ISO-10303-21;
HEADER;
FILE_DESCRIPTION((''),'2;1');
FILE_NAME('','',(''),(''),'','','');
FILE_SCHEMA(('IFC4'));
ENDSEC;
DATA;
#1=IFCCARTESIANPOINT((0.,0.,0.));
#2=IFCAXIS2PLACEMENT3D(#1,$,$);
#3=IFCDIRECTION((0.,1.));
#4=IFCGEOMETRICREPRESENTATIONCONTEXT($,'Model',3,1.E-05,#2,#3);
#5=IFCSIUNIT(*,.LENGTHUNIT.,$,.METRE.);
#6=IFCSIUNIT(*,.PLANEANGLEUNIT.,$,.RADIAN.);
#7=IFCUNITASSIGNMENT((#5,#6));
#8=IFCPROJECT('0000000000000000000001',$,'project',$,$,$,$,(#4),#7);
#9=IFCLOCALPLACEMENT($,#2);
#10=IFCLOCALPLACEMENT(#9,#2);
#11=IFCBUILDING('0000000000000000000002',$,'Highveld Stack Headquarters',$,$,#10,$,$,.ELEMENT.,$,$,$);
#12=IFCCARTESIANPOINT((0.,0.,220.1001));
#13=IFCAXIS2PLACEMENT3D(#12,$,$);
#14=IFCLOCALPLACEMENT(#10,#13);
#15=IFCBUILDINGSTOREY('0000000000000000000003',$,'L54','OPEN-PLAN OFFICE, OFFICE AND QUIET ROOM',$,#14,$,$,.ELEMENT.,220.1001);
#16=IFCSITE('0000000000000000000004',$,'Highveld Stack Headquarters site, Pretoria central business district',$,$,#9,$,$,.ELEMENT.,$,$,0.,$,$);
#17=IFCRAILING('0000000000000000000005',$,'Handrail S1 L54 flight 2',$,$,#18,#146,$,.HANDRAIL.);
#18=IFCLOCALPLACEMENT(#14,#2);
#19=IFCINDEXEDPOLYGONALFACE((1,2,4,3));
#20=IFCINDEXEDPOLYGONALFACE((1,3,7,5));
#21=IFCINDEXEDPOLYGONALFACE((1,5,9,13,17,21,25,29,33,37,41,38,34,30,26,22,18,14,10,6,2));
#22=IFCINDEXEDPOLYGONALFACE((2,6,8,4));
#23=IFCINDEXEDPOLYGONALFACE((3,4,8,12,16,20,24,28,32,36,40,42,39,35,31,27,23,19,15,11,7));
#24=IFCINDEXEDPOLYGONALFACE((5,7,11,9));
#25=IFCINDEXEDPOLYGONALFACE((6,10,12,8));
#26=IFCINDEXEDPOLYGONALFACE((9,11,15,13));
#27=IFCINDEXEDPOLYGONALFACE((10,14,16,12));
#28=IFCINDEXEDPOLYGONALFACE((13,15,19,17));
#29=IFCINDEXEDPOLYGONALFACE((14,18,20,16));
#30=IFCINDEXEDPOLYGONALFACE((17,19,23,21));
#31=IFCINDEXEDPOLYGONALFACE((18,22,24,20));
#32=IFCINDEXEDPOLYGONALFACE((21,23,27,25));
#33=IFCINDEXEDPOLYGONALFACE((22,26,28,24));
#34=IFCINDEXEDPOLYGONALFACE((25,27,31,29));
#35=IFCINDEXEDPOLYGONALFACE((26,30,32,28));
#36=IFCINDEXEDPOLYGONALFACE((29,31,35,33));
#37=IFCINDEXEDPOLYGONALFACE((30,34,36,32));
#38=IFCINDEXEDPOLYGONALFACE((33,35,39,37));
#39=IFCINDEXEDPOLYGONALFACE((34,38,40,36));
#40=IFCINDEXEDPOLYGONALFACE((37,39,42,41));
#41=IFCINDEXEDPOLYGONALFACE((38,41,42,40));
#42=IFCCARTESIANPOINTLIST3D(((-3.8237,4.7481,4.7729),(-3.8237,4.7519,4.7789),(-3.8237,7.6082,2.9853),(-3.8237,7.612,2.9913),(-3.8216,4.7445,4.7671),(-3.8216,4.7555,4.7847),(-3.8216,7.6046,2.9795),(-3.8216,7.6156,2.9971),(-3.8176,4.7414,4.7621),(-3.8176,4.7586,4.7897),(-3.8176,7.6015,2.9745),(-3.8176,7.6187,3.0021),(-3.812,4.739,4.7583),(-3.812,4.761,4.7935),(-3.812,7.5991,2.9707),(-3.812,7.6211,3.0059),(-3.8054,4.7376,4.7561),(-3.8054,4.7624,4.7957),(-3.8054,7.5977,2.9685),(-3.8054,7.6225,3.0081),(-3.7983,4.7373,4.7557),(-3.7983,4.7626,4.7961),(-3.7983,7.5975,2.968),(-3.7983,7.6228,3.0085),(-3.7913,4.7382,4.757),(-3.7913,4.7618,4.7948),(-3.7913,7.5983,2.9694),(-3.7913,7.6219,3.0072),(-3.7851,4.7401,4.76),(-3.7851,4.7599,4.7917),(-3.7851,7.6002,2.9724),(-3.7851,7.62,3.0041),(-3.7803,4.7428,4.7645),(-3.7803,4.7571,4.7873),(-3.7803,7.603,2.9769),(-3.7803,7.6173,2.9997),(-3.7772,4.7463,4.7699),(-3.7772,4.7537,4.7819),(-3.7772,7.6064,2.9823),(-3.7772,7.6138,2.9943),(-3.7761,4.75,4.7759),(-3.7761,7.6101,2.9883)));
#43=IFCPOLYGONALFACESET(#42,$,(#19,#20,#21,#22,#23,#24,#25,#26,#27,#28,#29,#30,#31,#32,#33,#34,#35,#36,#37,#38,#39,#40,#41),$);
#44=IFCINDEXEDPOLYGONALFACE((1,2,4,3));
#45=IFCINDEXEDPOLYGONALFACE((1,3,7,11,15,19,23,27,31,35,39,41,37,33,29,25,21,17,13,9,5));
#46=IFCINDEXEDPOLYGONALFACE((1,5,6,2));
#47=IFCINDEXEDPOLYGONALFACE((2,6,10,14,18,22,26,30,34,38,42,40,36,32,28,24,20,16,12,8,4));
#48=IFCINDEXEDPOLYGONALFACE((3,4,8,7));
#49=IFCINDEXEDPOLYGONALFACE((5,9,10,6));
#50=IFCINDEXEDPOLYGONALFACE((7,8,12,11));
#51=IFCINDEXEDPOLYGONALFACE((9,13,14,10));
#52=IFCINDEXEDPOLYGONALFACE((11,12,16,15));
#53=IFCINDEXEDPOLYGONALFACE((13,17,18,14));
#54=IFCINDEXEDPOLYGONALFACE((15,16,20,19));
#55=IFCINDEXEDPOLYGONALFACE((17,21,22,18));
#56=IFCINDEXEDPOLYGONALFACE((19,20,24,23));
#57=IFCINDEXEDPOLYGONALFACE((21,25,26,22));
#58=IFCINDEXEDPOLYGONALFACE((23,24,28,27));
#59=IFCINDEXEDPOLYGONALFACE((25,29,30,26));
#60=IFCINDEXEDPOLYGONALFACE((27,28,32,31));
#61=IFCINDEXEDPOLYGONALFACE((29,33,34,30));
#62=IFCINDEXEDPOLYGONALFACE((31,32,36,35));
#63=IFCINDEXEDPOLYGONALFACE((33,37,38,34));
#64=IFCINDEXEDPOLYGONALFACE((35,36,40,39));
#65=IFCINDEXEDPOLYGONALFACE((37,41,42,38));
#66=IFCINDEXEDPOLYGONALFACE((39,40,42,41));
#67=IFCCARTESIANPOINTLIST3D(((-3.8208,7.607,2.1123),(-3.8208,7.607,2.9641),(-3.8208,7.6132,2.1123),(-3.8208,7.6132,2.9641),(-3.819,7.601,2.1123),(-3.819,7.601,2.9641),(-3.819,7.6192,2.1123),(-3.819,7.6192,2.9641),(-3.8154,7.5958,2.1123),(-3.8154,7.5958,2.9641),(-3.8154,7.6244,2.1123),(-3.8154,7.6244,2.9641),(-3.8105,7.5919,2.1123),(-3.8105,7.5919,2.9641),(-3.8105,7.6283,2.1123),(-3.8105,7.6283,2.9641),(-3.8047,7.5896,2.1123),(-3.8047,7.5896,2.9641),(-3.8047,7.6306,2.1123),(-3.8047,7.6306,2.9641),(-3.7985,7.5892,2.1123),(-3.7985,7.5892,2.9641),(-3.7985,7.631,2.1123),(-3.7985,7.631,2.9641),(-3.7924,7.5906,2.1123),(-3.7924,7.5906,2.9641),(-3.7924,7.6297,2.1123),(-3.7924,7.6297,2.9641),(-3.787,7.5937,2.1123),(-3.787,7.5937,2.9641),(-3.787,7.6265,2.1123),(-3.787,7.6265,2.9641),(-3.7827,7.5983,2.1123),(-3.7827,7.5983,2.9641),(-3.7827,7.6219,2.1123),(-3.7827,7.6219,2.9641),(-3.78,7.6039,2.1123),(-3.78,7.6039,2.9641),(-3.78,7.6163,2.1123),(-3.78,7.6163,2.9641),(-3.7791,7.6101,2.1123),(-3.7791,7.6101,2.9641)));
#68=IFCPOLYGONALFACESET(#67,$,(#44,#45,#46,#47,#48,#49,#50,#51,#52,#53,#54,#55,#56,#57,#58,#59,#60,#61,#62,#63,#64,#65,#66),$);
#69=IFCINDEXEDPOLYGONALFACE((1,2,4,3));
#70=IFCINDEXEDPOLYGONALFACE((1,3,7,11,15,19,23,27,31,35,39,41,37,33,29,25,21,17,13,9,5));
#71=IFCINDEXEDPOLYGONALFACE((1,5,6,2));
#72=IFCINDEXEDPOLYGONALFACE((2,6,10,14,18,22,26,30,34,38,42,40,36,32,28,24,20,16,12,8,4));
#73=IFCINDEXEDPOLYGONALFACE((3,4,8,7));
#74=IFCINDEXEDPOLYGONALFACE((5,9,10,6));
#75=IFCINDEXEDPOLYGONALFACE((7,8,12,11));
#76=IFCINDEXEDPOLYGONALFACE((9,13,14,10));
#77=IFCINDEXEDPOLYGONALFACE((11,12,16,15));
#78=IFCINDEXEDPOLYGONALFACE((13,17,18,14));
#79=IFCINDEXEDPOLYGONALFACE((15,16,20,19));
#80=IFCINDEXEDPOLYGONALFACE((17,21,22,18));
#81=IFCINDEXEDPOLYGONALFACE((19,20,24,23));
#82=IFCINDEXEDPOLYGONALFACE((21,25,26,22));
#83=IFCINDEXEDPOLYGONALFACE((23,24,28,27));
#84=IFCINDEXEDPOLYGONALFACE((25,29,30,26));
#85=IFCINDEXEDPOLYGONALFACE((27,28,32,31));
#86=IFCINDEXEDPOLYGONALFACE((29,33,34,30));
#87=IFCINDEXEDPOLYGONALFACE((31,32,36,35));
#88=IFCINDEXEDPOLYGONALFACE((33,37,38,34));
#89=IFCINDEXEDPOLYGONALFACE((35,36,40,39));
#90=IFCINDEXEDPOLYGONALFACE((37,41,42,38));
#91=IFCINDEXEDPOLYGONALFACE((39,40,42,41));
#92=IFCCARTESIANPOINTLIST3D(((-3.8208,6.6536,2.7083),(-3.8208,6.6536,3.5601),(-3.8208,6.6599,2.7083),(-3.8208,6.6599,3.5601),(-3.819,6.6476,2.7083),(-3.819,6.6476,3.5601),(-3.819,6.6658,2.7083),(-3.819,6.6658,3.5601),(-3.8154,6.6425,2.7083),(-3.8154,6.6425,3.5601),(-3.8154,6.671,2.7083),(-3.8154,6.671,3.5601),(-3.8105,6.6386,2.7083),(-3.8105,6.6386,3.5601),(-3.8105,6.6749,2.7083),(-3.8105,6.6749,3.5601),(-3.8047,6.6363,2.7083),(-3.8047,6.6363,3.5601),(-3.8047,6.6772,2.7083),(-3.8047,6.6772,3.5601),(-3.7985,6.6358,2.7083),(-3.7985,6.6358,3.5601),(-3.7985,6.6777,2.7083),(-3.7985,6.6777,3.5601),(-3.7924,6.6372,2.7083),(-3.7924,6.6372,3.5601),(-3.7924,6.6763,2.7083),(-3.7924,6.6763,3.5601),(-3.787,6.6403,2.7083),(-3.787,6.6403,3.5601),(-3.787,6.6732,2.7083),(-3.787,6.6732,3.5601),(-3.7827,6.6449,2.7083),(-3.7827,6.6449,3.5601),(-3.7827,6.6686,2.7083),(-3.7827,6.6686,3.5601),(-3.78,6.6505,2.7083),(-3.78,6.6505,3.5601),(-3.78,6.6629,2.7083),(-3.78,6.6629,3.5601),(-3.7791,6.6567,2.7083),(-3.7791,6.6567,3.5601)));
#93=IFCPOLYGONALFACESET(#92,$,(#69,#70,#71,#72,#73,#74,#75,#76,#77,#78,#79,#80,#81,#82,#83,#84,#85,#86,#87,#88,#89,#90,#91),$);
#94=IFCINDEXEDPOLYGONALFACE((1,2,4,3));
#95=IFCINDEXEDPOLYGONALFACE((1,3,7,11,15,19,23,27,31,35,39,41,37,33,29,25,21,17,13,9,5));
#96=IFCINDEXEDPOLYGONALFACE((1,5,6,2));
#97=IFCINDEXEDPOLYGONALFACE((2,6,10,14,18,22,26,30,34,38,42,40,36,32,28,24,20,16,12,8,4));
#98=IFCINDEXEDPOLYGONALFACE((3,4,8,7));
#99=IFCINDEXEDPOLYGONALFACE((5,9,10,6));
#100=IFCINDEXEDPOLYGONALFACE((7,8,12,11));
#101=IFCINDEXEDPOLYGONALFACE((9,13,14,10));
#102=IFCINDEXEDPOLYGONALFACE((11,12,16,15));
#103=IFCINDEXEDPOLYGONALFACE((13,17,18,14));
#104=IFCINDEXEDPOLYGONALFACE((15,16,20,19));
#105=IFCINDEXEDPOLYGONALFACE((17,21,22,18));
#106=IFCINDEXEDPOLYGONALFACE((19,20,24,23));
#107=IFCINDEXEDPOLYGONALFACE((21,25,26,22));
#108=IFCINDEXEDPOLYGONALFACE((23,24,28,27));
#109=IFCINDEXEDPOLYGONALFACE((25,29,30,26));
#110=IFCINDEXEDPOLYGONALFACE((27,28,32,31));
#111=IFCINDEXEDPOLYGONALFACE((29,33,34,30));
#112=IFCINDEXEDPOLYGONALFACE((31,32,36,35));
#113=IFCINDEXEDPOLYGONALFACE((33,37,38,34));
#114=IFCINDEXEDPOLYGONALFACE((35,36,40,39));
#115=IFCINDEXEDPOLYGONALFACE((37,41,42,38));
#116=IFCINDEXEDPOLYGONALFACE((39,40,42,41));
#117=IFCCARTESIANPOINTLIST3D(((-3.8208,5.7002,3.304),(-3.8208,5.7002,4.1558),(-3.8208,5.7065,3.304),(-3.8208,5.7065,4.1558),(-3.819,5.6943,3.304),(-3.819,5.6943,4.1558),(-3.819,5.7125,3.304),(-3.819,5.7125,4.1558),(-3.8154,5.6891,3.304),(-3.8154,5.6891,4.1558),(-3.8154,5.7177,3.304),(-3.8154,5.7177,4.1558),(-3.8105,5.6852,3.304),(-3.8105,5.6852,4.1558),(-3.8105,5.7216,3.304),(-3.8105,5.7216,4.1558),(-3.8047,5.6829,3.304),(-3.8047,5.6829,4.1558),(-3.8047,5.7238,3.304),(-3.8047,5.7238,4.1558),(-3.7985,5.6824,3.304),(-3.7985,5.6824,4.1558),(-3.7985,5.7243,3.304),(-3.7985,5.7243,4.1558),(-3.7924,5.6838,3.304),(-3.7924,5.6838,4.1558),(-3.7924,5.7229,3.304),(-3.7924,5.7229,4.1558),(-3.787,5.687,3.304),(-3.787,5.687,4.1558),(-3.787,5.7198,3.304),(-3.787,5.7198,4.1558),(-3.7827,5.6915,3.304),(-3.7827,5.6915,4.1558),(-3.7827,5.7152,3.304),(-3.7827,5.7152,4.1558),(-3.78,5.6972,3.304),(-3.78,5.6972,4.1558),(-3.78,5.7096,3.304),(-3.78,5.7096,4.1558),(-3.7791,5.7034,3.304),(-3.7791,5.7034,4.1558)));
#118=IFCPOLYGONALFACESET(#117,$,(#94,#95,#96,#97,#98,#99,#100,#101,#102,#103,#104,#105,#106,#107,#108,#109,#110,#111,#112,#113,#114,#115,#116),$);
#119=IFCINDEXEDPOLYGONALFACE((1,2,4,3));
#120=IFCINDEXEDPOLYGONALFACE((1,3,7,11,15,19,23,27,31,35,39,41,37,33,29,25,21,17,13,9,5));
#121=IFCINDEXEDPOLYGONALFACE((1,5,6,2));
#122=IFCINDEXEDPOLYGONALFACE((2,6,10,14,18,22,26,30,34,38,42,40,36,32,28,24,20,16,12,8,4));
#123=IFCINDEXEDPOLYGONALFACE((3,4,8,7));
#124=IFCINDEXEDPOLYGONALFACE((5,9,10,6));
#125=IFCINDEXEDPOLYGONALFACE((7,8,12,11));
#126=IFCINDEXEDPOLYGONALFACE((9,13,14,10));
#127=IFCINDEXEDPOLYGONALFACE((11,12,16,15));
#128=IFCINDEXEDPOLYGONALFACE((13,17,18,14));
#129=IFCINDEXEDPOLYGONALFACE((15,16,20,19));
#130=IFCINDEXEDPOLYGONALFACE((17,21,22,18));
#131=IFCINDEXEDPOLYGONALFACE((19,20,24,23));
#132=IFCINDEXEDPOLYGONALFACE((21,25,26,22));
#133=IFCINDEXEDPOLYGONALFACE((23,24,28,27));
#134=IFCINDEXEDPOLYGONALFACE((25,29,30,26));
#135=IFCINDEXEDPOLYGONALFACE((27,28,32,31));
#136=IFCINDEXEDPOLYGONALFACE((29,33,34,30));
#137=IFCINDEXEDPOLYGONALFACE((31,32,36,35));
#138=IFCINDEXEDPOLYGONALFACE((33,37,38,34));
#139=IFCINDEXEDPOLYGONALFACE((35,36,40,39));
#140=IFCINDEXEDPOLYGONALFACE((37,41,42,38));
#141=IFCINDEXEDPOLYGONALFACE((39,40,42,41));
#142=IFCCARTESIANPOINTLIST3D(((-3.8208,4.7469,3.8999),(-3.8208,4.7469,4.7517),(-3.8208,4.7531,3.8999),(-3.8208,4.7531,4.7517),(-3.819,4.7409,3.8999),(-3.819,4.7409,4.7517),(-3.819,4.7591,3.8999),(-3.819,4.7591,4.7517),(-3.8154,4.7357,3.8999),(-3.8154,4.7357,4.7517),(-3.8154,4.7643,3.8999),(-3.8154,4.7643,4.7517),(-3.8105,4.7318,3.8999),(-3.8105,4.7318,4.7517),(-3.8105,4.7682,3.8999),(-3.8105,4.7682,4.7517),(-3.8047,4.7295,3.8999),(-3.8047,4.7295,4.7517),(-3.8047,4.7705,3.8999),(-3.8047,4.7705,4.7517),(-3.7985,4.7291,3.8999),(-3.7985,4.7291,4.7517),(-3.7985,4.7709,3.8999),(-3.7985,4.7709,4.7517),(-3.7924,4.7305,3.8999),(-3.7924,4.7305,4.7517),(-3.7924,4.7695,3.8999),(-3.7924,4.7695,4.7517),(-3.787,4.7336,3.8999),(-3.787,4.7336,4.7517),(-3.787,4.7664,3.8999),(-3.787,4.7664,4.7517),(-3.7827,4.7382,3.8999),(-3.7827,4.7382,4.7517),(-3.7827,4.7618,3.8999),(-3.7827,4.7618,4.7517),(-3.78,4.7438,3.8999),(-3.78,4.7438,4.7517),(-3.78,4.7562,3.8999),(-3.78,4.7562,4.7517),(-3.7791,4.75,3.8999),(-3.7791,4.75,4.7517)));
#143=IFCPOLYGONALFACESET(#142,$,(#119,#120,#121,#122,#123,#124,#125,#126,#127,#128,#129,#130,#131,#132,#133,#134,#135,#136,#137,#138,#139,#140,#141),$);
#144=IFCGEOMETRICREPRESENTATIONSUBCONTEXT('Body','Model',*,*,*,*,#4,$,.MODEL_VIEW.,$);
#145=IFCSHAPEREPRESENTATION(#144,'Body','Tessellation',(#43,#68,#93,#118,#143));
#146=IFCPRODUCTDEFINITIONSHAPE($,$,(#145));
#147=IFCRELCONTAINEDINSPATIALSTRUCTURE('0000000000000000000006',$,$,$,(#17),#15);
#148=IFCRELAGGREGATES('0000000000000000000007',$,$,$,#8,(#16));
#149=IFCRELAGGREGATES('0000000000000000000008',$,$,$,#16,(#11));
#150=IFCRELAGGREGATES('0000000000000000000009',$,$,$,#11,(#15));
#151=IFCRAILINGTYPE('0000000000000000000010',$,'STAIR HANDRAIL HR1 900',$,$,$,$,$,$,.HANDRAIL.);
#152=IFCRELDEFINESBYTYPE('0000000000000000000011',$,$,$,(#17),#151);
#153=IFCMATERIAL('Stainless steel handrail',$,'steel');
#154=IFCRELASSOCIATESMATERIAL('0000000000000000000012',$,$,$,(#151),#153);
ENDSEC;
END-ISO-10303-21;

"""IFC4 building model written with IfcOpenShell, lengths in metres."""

from ifc_helpers import new_model, si_unit, direction, frame, origin, origin_2d, place, context, subcontext, project, spatial, circle, extrude, material, type_object, element, save


model = new_model("IFC4")

# Units and contexts
model_context = context("Model", 3, precision=1e-05, world=origin(), true_north=direction((0.0, 1.0)))
body_context = subcontext(model_context, "Body", "Model", "MODEL_VIEW")
ifc_project = project(units=[si_unit("LENGTHUNIT", "METRE"), si_unit("PLANEANGLEUNIT", "RADIAN")], contexts=[model_context])

# Site, building, storey
site_placement = place(None, origin())
site = spatial("IfcSite", under=ifc_project, at=site_placement, Name="Highveld Stack Headquarters site, Pretoria central business district", CompositionType="ELEMENT", RefElevation=0.0)
building_placement = place(site_placement, origin())
building = spatial("IfcBuilding", under=site, at=building_placement, Name="Highveld Stack Headquarters", CompositionType="ELEMENT")
storey_placement = place(building_placement, frame((0.0, 0.0, 220.1001)))
storey = spatial("IfcBuildingStorey", under=building, at=storey_placement, Name="L54", Description="OPEN-PLAN OFFICE, OFFICE AND QUIET ROOM", CompositionType="ELEMENT", Elevation=220.1001)

# Railing
ifc_material_1 = material(Name="Stainless steel handrail", Category="steel")
railing_type = type_object("IfcRailingType", Name="STAIR HANDRAIL HR1 900", PredefinedType="HANDRAIL", material=ifc_material_1)
for number, where, name in (
    (1, (-3.8, 7.6101, 2.1123), "Handrail S1 L54 flight 2"),
):
    element("IfcRailing", number, at=place(storey_placement, frame(where)), inside=storey, type_object=railing_type, Name=name, PredefinedType="HANDRAIL", context=body_context, shape_type="SweptSolid", body=[
        extrude(circle(Radius=0.0239, at=origin_2d()), frame((0.0, 0.0, 0.876), z_axis=(0.0, -0.847994, 0.530005), x_axis=(1.0, 0.0, 0.0)), (0.0, 0.0, 1.0), 3.3728),
        extrude(circle(Radius=0.021, at=origin_2d()), origin(), (0.0, 0.0, 1.0), 0.8518),
        extrude(circle(Radius=0.021, at=origin_2d()), frame((0.0, -0.9534, 0.5959)), (0.0, 0.0, 1.0), 0.8518),
        extrude(circle(Radius=0.021, at=origin_2d()), frame((0.0, -1.9067, 1.1917)), (0.0, 0.0, 1.0), 0.8518),
        extrude(circle(Radius=0.021, at=origin_2d()), frame((0.0, -2.8601, 1.7876)), (0.0, 0.0, 1.0), 0.8518),
    ])

save(model, "model.ifc")
